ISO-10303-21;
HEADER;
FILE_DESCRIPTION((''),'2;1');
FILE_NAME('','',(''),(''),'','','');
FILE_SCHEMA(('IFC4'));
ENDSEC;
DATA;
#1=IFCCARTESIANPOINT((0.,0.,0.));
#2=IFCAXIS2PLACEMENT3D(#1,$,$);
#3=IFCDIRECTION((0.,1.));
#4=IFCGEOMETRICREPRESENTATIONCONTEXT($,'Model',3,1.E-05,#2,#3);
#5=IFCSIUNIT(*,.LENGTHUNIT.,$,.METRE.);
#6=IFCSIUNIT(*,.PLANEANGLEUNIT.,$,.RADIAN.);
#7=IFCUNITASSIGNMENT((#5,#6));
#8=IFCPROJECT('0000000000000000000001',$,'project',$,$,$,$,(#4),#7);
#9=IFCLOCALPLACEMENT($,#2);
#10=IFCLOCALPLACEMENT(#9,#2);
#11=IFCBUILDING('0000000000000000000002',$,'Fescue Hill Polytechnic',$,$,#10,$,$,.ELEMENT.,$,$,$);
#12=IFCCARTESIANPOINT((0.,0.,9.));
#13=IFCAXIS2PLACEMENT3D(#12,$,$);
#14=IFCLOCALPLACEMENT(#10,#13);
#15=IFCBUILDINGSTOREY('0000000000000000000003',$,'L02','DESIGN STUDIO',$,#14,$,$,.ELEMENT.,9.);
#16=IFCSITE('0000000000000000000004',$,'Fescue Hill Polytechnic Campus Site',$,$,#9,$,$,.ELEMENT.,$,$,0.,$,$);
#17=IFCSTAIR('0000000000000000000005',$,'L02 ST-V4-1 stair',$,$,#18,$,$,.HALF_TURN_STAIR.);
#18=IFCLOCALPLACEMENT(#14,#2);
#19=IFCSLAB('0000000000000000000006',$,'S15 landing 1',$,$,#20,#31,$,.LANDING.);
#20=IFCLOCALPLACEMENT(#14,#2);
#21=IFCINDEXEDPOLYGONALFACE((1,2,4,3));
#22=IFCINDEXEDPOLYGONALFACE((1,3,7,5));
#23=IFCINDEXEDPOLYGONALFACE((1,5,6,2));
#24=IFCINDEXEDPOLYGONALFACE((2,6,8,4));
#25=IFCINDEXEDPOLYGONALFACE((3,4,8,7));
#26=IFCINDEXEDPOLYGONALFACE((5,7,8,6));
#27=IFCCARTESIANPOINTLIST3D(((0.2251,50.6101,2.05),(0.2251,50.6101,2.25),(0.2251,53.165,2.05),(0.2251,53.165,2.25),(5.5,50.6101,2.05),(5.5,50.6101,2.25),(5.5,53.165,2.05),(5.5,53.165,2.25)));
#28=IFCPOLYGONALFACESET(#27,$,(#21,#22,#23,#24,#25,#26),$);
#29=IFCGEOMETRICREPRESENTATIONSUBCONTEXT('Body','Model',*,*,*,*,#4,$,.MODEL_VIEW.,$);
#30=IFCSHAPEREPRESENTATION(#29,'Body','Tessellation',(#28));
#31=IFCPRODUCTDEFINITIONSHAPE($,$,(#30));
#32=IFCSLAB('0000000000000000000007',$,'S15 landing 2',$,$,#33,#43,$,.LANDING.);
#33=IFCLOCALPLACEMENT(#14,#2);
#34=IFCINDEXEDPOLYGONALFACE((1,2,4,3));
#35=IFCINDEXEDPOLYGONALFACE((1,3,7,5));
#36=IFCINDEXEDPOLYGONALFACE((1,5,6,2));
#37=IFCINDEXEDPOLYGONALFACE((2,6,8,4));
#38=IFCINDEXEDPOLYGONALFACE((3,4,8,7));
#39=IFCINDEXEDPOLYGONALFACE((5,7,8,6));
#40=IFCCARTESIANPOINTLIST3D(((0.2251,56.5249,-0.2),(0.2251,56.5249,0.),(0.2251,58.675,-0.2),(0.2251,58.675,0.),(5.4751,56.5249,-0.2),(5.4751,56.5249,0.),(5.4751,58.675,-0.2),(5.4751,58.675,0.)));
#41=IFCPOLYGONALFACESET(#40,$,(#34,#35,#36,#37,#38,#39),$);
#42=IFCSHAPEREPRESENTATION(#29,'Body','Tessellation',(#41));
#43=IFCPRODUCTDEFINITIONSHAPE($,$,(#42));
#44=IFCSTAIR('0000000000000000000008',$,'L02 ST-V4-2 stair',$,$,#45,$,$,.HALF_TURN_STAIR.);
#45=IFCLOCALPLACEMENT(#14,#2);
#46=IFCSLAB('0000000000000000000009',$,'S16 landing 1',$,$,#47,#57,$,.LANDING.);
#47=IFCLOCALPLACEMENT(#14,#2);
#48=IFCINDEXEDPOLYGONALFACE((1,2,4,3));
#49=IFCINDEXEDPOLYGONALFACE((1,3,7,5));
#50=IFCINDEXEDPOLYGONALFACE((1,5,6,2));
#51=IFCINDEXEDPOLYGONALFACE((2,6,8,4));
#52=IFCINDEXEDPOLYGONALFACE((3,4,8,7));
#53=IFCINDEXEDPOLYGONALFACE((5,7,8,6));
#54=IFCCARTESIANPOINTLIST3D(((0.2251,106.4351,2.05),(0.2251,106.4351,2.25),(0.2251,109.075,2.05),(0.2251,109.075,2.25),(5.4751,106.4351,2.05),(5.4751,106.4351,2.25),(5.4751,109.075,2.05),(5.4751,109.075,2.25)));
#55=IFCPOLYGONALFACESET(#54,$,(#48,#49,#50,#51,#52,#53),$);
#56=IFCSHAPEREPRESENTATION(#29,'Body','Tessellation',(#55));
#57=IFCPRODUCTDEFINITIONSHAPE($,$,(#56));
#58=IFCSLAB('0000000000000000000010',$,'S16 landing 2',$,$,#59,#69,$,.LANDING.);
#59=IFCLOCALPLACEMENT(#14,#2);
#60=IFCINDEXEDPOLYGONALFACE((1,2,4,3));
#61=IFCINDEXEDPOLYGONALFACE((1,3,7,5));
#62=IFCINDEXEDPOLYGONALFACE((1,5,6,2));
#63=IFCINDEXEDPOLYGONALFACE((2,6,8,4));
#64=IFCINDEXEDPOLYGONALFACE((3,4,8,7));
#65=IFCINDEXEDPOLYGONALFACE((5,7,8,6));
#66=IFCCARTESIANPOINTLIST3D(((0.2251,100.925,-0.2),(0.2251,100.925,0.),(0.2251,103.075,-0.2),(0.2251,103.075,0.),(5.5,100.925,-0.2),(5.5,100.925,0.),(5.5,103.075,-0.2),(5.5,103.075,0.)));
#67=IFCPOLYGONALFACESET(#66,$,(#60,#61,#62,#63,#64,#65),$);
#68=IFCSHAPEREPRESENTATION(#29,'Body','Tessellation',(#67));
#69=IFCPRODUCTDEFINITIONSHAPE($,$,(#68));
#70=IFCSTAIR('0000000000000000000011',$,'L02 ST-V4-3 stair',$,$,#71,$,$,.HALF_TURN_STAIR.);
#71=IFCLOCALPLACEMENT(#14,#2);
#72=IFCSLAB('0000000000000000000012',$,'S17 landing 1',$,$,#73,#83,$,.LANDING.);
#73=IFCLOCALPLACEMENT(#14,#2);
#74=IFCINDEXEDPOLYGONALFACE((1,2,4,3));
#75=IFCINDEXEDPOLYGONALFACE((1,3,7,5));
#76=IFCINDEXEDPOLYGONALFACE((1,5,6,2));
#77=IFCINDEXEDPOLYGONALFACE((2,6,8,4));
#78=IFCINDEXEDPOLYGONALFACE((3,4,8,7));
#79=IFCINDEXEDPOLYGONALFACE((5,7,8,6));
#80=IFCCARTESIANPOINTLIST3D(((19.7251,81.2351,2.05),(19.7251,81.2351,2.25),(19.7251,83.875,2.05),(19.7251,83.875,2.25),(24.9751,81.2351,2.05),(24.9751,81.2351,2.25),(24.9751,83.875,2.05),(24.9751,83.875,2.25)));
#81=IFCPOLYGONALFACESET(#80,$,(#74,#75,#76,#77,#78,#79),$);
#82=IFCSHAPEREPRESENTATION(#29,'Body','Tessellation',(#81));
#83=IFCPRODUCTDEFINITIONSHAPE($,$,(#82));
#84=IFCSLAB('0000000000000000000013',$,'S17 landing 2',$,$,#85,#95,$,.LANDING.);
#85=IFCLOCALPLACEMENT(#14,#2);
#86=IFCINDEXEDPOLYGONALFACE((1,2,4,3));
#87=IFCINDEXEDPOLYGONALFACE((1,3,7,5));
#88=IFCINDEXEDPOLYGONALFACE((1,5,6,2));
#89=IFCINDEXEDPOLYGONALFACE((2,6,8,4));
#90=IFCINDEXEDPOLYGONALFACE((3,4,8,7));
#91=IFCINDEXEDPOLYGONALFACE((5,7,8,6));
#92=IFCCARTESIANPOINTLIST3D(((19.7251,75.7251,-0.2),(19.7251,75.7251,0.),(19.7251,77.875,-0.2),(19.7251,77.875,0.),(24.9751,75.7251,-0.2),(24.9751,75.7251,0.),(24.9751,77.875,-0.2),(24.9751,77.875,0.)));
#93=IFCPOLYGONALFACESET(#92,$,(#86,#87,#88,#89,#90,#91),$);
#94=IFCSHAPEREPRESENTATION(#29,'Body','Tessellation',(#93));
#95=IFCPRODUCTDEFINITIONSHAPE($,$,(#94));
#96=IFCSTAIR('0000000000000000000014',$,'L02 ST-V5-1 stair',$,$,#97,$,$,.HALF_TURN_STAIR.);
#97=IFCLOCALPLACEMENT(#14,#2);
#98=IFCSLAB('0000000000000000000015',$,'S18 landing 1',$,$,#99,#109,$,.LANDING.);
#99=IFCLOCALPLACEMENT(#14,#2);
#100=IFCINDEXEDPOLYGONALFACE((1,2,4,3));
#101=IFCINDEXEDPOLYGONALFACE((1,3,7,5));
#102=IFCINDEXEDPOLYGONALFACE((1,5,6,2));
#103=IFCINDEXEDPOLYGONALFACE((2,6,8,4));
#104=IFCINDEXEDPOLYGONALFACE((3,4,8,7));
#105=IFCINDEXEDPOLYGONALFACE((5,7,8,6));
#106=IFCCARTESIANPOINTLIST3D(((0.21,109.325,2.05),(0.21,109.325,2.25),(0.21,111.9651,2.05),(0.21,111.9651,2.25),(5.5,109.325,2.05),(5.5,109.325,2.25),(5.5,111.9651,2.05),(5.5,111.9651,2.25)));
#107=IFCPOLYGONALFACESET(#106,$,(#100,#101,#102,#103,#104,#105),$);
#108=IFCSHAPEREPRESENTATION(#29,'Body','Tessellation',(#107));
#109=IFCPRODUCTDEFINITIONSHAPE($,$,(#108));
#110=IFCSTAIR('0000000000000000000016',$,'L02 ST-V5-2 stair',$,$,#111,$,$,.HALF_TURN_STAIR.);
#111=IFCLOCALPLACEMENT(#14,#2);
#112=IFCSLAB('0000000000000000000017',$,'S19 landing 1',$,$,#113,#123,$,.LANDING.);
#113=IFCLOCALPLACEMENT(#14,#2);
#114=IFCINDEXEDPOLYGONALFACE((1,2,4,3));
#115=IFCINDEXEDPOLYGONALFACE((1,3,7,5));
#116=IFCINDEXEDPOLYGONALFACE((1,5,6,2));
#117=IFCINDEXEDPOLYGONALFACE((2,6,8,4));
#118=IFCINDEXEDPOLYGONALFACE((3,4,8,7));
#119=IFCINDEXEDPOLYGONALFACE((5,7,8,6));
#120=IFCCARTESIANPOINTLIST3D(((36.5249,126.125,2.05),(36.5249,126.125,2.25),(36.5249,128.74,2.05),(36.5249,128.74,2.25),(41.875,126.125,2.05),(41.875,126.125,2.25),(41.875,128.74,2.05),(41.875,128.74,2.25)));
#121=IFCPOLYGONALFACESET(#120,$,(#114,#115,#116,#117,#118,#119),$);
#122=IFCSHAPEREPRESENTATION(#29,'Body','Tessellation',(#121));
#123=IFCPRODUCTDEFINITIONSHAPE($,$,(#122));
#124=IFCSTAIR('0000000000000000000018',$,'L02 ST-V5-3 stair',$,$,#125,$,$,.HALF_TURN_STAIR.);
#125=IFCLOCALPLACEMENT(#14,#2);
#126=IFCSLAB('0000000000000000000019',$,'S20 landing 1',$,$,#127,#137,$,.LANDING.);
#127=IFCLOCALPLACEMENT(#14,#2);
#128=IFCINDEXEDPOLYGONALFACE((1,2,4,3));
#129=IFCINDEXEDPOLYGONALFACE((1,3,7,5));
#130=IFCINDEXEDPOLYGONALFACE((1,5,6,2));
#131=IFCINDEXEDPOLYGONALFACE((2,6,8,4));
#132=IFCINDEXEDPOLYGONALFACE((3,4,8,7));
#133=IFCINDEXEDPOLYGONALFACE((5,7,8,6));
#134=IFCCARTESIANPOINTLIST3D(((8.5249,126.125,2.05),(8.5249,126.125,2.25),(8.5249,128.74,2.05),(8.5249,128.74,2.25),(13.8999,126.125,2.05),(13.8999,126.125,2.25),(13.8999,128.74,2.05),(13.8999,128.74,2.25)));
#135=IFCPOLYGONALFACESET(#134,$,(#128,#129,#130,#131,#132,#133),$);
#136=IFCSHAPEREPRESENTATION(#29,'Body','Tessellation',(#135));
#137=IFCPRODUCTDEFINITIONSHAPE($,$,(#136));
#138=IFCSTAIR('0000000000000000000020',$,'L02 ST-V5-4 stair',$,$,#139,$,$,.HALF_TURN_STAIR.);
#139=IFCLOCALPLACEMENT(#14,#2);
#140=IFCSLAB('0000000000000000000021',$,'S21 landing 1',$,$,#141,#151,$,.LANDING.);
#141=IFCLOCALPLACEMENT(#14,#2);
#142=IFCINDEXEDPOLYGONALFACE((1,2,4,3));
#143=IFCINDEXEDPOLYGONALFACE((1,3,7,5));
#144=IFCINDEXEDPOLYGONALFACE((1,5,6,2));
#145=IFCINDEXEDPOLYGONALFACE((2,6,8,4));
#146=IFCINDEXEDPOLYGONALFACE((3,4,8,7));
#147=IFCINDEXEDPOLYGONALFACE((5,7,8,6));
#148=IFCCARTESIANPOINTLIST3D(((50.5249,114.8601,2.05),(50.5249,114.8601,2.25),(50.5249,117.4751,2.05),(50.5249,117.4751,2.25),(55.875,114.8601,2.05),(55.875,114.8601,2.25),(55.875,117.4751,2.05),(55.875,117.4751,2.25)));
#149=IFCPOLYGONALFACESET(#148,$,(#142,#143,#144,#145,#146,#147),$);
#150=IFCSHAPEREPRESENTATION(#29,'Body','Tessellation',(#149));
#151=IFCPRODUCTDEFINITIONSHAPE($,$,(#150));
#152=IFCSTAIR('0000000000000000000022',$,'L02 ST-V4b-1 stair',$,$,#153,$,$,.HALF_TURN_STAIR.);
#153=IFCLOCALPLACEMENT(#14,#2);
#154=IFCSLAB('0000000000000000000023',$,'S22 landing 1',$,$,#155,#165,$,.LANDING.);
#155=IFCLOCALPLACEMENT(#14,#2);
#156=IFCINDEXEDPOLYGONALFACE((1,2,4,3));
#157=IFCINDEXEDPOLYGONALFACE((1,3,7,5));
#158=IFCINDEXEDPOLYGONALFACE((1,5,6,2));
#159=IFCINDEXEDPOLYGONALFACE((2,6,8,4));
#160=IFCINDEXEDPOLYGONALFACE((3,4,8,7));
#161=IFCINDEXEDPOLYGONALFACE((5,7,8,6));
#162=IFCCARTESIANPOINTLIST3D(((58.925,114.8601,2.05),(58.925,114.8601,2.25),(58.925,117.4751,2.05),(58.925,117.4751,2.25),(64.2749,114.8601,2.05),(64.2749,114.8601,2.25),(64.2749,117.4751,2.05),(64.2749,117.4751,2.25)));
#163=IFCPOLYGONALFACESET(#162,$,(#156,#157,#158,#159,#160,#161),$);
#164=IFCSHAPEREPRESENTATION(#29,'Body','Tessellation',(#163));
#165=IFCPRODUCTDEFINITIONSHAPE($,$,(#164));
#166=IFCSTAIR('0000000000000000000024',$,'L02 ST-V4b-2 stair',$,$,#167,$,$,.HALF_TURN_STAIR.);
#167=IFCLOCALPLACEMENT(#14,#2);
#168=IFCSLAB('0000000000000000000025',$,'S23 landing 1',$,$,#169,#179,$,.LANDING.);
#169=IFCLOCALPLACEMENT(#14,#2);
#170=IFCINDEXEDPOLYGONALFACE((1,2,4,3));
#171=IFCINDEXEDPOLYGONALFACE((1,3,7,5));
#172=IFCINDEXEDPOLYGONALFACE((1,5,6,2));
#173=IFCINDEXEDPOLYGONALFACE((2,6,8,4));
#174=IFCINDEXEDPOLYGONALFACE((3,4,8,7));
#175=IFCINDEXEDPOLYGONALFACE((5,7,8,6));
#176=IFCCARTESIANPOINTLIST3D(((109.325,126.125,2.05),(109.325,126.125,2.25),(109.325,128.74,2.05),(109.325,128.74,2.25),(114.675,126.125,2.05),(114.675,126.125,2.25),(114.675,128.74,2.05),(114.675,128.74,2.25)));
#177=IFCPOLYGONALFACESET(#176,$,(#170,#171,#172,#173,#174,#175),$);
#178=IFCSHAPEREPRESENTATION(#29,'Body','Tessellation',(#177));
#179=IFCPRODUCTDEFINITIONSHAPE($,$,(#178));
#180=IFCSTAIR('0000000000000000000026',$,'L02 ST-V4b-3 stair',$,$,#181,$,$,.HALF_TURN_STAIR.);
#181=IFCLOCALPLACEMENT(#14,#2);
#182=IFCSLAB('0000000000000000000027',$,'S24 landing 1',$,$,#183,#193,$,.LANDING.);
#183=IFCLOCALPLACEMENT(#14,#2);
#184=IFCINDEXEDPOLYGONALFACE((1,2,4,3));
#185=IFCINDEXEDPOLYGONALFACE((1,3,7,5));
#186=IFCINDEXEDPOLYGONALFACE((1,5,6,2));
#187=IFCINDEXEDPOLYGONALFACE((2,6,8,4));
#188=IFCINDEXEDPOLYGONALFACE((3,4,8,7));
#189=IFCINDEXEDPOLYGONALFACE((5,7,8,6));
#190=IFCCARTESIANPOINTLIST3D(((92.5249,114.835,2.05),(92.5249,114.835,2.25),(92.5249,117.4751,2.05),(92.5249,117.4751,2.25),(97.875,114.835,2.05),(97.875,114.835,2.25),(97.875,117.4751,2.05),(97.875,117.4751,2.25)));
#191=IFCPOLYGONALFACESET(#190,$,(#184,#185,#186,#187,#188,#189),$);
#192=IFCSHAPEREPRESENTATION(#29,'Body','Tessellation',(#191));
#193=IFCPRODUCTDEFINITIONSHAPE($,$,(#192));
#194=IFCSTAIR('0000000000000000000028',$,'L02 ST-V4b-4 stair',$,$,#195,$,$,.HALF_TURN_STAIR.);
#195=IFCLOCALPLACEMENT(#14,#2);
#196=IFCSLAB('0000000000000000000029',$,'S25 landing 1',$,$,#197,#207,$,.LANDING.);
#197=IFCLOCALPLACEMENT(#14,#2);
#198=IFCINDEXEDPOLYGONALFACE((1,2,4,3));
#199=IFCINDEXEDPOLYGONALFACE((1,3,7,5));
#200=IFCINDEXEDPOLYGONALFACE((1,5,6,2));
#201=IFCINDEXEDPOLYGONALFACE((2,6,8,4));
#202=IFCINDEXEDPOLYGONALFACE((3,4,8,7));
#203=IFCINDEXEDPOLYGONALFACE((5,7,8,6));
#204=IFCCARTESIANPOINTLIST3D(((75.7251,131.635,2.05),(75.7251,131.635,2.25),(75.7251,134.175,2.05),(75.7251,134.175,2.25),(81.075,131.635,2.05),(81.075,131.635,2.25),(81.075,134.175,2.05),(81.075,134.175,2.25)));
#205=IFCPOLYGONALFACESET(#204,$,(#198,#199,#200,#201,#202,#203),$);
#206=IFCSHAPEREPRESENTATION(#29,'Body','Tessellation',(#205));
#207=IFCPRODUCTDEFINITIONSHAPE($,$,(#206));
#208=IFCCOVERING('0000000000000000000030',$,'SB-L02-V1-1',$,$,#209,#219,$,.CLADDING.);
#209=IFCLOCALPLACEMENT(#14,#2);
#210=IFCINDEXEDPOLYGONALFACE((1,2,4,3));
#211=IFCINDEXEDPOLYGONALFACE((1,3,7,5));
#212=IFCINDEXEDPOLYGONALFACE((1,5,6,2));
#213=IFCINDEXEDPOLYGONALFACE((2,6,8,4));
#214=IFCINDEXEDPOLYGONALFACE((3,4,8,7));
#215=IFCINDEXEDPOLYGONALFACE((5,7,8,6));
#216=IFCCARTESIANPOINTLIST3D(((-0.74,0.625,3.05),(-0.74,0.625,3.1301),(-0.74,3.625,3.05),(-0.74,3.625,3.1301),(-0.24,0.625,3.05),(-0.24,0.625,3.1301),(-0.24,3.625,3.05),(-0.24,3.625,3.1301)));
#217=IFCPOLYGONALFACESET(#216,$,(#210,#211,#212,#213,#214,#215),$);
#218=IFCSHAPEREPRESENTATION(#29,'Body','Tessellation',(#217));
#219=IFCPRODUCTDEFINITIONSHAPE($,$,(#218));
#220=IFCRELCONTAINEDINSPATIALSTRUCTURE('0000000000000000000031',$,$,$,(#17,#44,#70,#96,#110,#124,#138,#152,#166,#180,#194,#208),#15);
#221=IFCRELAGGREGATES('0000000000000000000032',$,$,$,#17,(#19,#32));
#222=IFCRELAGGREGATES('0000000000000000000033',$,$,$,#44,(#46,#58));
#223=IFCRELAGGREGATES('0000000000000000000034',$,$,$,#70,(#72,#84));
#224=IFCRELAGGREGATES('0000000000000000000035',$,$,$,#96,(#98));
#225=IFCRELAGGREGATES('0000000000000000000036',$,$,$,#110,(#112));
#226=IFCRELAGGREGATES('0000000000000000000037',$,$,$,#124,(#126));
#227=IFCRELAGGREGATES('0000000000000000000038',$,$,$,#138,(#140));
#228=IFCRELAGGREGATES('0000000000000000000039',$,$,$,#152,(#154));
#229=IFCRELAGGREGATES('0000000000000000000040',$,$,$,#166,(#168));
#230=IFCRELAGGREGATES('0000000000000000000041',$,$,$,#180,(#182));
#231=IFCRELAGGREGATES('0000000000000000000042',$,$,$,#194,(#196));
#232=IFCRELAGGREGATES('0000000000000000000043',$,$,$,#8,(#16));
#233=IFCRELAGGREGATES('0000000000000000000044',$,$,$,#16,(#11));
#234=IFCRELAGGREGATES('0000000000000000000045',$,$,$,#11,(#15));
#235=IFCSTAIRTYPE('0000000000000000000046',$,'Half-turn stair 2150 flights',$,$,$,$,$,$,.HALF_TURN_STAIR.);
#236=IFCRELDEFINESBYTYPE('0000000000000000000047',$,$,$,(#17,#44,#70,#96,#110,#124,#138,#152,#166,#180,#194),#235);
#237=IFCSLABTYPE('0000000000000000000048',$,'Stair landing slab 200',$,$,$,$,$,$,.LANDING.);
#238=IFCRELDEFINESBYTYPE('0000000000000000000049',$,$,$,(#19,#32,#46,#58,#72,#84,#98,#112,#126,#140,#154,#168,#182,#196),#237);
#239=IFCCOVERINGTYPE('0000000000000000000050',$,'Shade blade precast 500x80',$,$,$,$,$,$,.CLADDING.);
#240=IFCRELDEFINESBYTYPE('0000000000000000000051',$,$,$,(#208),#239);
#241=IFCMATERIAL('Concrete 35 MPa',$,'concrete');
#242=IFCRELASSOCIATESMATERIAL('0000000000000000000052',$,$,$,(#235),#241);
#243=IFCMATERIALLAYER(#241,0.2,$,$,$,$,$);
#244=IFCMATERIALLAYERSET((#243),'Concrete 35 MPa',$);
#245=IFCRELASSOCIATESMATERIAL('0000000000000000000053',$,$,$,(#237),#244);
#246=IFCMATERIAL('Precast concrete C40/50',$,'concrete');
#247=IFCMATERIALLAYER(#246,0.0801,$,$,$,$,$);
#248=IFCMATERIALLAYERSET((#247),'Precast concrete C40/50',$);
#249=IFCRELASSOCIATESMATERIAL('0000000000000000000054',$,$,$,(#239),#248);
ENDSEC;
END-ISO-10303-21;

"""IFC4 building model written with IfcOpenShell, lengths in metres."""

from ifc_helpers import new_model, si_unit, direction, frame, origin, origin_2d, place, context, subcontext, project, spatial, polyline, rectangle, outline, extrude, material, layer, layer_set, type_object, element, aggregate, save


model = new_model("IFC4")

# Units and contexts
model_context = context("Model", 3, precision=1e-05, world=origin(), true_north=direction((0.0, 1.0)))
body_context = subcontext(model_context, "Body", "Model", "MODEL_VIEW")
ifc_project = project(units=[si_unit("LENGTHUNIT", "METRE"), si_unit("PLANEANGLEUNIT", "RADIAN")], contexts=[model_context])

# Site, building, storey
site_placement = place(None, origin())
site = spatial("IfcSite", under=ifc_project, at=site_placement, Name="Fescue Hill Polytechnic Campus Site", CompositionType="ELEMENT", RefElevation=0.0)
building_placement = place(site_placement, origin())
building = spatial("IfcBuilding", under=site, at=building_placement, Name="Fescue Hill Polytechnic", CompositionType="ELEMENT")
storey_placement = place(building_placement, frame((0.0, 0.0, 9.0)))
storey = spatial("IfcBuildingStorey", under=building, at=storey_placement, Name="L02", Description="DESIGN STUDIO", CompositionType="ELEMENT", Elevation=9.0)

# Shared definitions
ifc_material_1 = material(Name="Concrete 35 MPa", Category="concrete")

# Stairs, slabs
stair_type = type_object("IfcStairType", Name="Half-turn stair 2150 flights", PredefinedType="HALF_TURN_STAIR", material=ifc_material_1)
ifc_layer_1 = layer(ifc_material_1, 0.2)
ifc_layer_set_1 = layer_set([ifc_layer_1], Name="Concrete 35 MPa")
slab_type_1 = type_object("IfcSlabType", Name="Stair landing slab 200", PredefinedType="LANDING", material=ifc_layer_set_1)
stair_1_placement = place(storey_placement, origin())
stair_1 = element("IfcStair", 1, at=stair_1_placement, inside=storey, type_object=stair_type, Name="L02 ST-V4-1 stair", PredefinedType="HALF_TURN_STAIR")
slab_1_placement = place(storey_placement, frame((0.0, 0.0, 2.05)))
slab_1 = element("IfcSlab", 2, at=slab_1_placement, type_object=slab_type_1, Name="S15 landing 1", PredefinedType="LANDING", context=body_context, shape_type="SweptSolid", body=[
    extrude(outline(polyline([(0.2251, 50.6101), (5.5, 50.6101), (5.5, 53.165), (0.2251, 53.165), (0.2251, 50.6101)])), origin(), (0.0, 0.0, 1.0), 0.2),
])
slab_2_placement = place(storey_placement, frame((0.0, 0.0, -0.2)))
slab_2 = element("IfcSlab", 3, at=slab_2_placement, type_object=slab_type_1, Name="S15 landing 2", PredefinedType="LANDING", context=body_context, shape_type="SweptSolid", body=[
    extrude(outline(polyline([(0.2251, 56.5249), (5.4751, 56.5249), (5.4751, 58.675), (0.2251, 58.675), (0.2251, 56.5249)])), origin(), (0.0, 0.0, 1.0), 0.2),
])
aggregate(stair_1, [slab_1, slab_2])
stair_2_placement = place(storey_placement, origin())
stair_2 = element("IfcStair", 4, at=stair_2_placement, inside=storey, type_object=stair_type, Name="L02 ST-V4-2 stair", PredefinedType="HALF_TURN_STAIR")
slab_3_placement = place(storey_placement, frame((0.0, 0.0, 2.05)))
slab_3 = element("IfcSlab", 5, at=slab_3_placement, type_object=slab_type_1, Name="S16 landing 1", PredefinedType="LANDING", context=body_context, shape_type="SweptSolid", body=[
    extrude(outline(polyline([(0.2251, 106.4351), (5.4751, 106.4351), (5.4751, 109.075), (0.2251, 109.075), (0.2251, 106.4351)])), origin(), (0.0, 0.0, 1.0), 0.2),
])
slab_4_placement = place(storey_placement, frame((0.0, 0.0, -0.2)))
slab_4 = element("IfcSlab", 6, at=slab_4_placement, type_object=slab_type_1, Name="S16 landing 2", PredefinedType="LANDING", context=body_context, shape_type="SweptSolid", body=[
    extrude(outline(polyline([(0.2251, 100.925), (5.5, 100.925), (5.5, 103.075), (0.2251, 103.075), (0.2251, 100.925)])), origin(), (0.0, 0.0, 1.0), 0.2),
])
aggregate(stair_2, [slab_3, slab_4])
stair_3_placement = place(storey_placement, origin())
stair_3 = element("IfcStair", 7, at=stair_3_placement, inside=storey, type_object=stair_type, Name="L02 ST-V4-3 stair", PredefinedType="HALF_TURN_STAIR")
slab_5_placement = place(storey_placement, frame((0.0, 0.0, 2.05)))
slab_5 = element("IfcSlab", 8, at=slab_5_placement, type_object=slab_type_1, Name="S17 landing 1", PredefinedType="LANDING", context=body_context, shape_type="SweptSolid", body=[
    extrude(outline(polyline([(19.7251, 81.2351), (24.9751, 81.2351), (24.9751, 83.875), (19.7251, 83.875), (19.7251, 81.2351)])), origin(), (0.0, 0.0, 1.0), 0.2),
])
slab_6_placement = place(storey_placement, frame((0.0, 0.0, -0.2)))
slab_6 = element("IfcSlab", 9, at=slab_6_placement, type_object=slab_type_1, Name="S17 landing 2", PredefinedType="LANDING", context=body_context, shape_type="SweptSolid", body=[
    extrude(outline(polyline([(19.7251, 75.7251), (24.9751, 75.7251), (24.9751, 77.875), (19.7251, 77.875), (19.7251, 75.7251)])), origin(), (0.0, 0.0, 1.0), 0.2),
])
aggregate(stair_3, [slab_5, slab_6])

# Stairs, slabs
stair_4_placement = place(storey_placement, origin())
stair_4 = element("IfcStair", 10, at=stair_4_placement, inside=storey, type_object=stair_type, Name="L02 ST-V5-1 stair", PredefinedType="HALF_TURN_STAIR")
slab_7_placement = place(storey_placement, frame((0.0, 0.0, 2.05)))
slab_7 = element("IfcSlab", 11, at=slab_7_placement, type_object=slab_type_1, Name="S18 landing 1", PredefinedType="LANDING", context=body_context, shape_type="SweptSolid", body=[
    extrude(outline(polyline([(0.21, 109.325), (5.5, 109.325), (5.5, 111.9651), (0.21, 111.9651), (0.21, 109.325)])), origin(), (0.0, 0.0, 1.0), 0.2),
])
aggregate(stair_4, [slab_7])
stair_5_placement = place(storey_placement, origin())
stair_5 = element("IfcStair", 12, at=stair_5_placement, inside=storey, type_object=stair_type, Name="L02 ST-V5-2 stair", PredefinedType="HALF_TURN_STAIR")
slab_8_placement = place(storey_placement, frame((0.0, 0.0, 2.05)))
slab_8 = element("IfcSlab", 13, at=slab_8_placement, type_object=slab_type_1, Name="S19 landing 1", PredefinedType="LANDING", context=body_context, shape_type="SweptSolid", body=[
    extrude(outline(polyline([(36.5249, 126.125), (41.875, 126.125), (41.875, 128.74), (36.5249, 128.74), (36.5249, 126.125)])), origin(), (0.0, 0.0, 1.0), 0.2),
])
aggregate(stair_5, [slab_8])
stair_6_placement = place(storey_placement, origin())
stair_6 = element("IfcStair", 14, at=stair_6_placement, inside=storey, type_object=stair_type, Name="L02 ST-V5-3 stair", PredefinedType="HALF_TURN_STAIR")
slab_9_placement = place(storey_placement, frame((0.0, 0.0, 2.05)))
slab_9 = element("IfcSlab", 15, at=slab_9_placement, type_object=slab_type_1, Name="S20 landing 1", PredefinedType="LANDING", context=body_context, shape_type="SweptSolid", body=[
    extrude(outline(polyline([(8.5249, 126.125), (13.8999, 126.125), (13.8999, 128.74), (8.5249, 128.74), (8.5249, 126.125)])), origin(), (0.0, 0.0, 1.0), 0.2),
])
aggregate(stair_6, [slab_9])
stair_7_placement = place(storey_placement, origin())
stair_7 = element("IfcStair", 16, at=stair_7_placement, inside=storey, type_object=stair_type, Name="L02 ST-V5-4 stair", PredefinedType="HALF_TURN_STAIR")
slab_10_placement = place(storey_placement, frame((0.0, 0.0, 2.05)))
slab_10 = element("IfcSlab", 17, at=slab_10_placement, type_object=slab_type_1, Name="S21 landing 1", PredefinedType="LANDING", context=body_context, shape_type="SweptSolid", body=[
    extrude(outline(polyline([(50.5249, 114.8601), (55.875, 114.8601), (55.875, 117.4751), (50.5249, 117.4751), (50.5249, 114.8601)])), origin(), (0.0, 0.0, 1.0), 0.2),
])
aggregate(stair_7, [slab_10])
stair_8_placement = place(storey_placement, origin())
stair_8 = element("IfcStair", 18, at=stair_8_placement, inside=storey, type_object=stair_type, Name="L02 ST-V4b-1 stair", PredefinedType="HALF_TURN_STAIR")
slab_11_placement = place(storey_placement, frame((0.0, 0.0, 2.05)))
slab_11 = element("IfcSlab", 19, at=slab_11_placement, type_object=slab_type_1, Name="S22 landing 1", PredefinedType="LANDING", context=body_context, shape_type="SweptSolid", body=[
    extrude(outline(polyline([(58.925, 114.8601), (64.2749, 114.8601), (64.2749, 117.4751), (58.925, 117.4751), (58.925, 114.8601)])), origin(), (0.0, 0.0, 1.0), 0.2),
])
aggregate(stair_8, [slab_11])
stair_9_placement = place(storey_placement, origin())
stair_9 = element("IfcStair", 20, at=stair_9_placement, inside=storey, type_object=stair_type, Name="L02 ST-V4b-2 stair", PredefinedType="HALF_TURN_STAIR")
slab_12_placement = place(storey_placement, frame((0.0, 0.0, 2.05)))
slab_12 = element("IfcSlab", 21, at=slab_12_placement, type_object=slab_type_1, Name="S23 landing 1", PredefinedType="LANDING", context=body_context, shape_type="SweptSolid", body=[
    extrude(outline(polyline([(109.325, 126.125), (114.675, 126.125), (114.675, 128.74), (109.325, 128.74), (109.325, 126.125)])), origin(), (0.0, 0.0, 1.0), 0.2),
])
aggregate(stair_9, [slab_12])
stair_10_placement = place(storey_placement, origin())
stair_10 = element("IfcStair", 22, at=stair_10_placement, inside=storey, type_object=stair_type, Name="L02 ST-V4b-3 stair", PredefinedType="HALF_TURN_STAIR")
slab_13_placement = place(storey_placement, frame((0.0, 0.0, 2.05)))
slab_13 = element("IfcSlab", 23, at=slab_13_placement, type_object=slab_type_1, Name="S24 landing 1", PredefinedType="LANDING", context=body_context, shape_type="SweptSolid", body=[
    extrude(outline(polyline([(92.5249, 114.835), (97.875, 114.835), (97.875, 117.4751), (92.5249, 117.4751), (92.5249, 114.835)])), origin(), (0.0, 0.0, 1.0), 0.2),
])
aggregate(stair_10, [slab_13])
stair_11_placement = place(storey_placement, origin())
stair_11 = element("IfcStair", 24, at=stair_11_placement, inside=storey, type_object=stair_type, Name="L02 ST-V4b-4 stair", PredefinedType="HALF_TURN_STAIR")
slab_14_placement = place(storey_placement, frame((0.0, 0.0, 2.05)))
slab_14 = element("IfcSlab", 25, at=slab_14_placement, type_object=slab_type_1, Name="S25 landing 1", PredefinedType="LANDING", context=body_context, shape_type="SweptSolid", body=[
    extrude(outline(polyline([(75.7251, 131.635), (81.075, 131.635), (81.075, 134.175), (75.7251, 134.175), (75.7251, 131.635)])), origin(), (0.0, 0.0, 1.0), 0.2),
])
aggregate(stair_11, [slab_14])

# Covering
ifc_material_2 = material(Name="Precast concrete C40/50", Category="concrete")
ifc_layer_2 = layer(ifc_material_2, 0.0801)
ifc_layer_set_2 = layer_set([ifc_layer_2], Name="Precast concrete C40/50")
covering_type_1 = type_object("IfcCoveringType", Name="Shade blade precast 500x80", PredefinedType="CLADDING", material=ifc_layer_set_2)
covering_1_placement = place(storey_placement, frame((-0.49, 2.125, 3.05), z_axis=(0.0, 0.0, 1.0), x_axis=(0.0, -1.0, 0.0)))
element("IfcCovering", 26, at=covering_1_placement, inside=storey, type_object=covering_type_1, Name="SB-L02-V1-1", PredefinedType="CLADDING", context=body_context, shape_type="SweptSolid", body=[
    extrude(rectangle(XDim=3.0, YDim=0.5, at=origin_2d()), origin(), (0.0, 0.0, 1.0), 0.0801),
])

save(model, "model.ifc")
